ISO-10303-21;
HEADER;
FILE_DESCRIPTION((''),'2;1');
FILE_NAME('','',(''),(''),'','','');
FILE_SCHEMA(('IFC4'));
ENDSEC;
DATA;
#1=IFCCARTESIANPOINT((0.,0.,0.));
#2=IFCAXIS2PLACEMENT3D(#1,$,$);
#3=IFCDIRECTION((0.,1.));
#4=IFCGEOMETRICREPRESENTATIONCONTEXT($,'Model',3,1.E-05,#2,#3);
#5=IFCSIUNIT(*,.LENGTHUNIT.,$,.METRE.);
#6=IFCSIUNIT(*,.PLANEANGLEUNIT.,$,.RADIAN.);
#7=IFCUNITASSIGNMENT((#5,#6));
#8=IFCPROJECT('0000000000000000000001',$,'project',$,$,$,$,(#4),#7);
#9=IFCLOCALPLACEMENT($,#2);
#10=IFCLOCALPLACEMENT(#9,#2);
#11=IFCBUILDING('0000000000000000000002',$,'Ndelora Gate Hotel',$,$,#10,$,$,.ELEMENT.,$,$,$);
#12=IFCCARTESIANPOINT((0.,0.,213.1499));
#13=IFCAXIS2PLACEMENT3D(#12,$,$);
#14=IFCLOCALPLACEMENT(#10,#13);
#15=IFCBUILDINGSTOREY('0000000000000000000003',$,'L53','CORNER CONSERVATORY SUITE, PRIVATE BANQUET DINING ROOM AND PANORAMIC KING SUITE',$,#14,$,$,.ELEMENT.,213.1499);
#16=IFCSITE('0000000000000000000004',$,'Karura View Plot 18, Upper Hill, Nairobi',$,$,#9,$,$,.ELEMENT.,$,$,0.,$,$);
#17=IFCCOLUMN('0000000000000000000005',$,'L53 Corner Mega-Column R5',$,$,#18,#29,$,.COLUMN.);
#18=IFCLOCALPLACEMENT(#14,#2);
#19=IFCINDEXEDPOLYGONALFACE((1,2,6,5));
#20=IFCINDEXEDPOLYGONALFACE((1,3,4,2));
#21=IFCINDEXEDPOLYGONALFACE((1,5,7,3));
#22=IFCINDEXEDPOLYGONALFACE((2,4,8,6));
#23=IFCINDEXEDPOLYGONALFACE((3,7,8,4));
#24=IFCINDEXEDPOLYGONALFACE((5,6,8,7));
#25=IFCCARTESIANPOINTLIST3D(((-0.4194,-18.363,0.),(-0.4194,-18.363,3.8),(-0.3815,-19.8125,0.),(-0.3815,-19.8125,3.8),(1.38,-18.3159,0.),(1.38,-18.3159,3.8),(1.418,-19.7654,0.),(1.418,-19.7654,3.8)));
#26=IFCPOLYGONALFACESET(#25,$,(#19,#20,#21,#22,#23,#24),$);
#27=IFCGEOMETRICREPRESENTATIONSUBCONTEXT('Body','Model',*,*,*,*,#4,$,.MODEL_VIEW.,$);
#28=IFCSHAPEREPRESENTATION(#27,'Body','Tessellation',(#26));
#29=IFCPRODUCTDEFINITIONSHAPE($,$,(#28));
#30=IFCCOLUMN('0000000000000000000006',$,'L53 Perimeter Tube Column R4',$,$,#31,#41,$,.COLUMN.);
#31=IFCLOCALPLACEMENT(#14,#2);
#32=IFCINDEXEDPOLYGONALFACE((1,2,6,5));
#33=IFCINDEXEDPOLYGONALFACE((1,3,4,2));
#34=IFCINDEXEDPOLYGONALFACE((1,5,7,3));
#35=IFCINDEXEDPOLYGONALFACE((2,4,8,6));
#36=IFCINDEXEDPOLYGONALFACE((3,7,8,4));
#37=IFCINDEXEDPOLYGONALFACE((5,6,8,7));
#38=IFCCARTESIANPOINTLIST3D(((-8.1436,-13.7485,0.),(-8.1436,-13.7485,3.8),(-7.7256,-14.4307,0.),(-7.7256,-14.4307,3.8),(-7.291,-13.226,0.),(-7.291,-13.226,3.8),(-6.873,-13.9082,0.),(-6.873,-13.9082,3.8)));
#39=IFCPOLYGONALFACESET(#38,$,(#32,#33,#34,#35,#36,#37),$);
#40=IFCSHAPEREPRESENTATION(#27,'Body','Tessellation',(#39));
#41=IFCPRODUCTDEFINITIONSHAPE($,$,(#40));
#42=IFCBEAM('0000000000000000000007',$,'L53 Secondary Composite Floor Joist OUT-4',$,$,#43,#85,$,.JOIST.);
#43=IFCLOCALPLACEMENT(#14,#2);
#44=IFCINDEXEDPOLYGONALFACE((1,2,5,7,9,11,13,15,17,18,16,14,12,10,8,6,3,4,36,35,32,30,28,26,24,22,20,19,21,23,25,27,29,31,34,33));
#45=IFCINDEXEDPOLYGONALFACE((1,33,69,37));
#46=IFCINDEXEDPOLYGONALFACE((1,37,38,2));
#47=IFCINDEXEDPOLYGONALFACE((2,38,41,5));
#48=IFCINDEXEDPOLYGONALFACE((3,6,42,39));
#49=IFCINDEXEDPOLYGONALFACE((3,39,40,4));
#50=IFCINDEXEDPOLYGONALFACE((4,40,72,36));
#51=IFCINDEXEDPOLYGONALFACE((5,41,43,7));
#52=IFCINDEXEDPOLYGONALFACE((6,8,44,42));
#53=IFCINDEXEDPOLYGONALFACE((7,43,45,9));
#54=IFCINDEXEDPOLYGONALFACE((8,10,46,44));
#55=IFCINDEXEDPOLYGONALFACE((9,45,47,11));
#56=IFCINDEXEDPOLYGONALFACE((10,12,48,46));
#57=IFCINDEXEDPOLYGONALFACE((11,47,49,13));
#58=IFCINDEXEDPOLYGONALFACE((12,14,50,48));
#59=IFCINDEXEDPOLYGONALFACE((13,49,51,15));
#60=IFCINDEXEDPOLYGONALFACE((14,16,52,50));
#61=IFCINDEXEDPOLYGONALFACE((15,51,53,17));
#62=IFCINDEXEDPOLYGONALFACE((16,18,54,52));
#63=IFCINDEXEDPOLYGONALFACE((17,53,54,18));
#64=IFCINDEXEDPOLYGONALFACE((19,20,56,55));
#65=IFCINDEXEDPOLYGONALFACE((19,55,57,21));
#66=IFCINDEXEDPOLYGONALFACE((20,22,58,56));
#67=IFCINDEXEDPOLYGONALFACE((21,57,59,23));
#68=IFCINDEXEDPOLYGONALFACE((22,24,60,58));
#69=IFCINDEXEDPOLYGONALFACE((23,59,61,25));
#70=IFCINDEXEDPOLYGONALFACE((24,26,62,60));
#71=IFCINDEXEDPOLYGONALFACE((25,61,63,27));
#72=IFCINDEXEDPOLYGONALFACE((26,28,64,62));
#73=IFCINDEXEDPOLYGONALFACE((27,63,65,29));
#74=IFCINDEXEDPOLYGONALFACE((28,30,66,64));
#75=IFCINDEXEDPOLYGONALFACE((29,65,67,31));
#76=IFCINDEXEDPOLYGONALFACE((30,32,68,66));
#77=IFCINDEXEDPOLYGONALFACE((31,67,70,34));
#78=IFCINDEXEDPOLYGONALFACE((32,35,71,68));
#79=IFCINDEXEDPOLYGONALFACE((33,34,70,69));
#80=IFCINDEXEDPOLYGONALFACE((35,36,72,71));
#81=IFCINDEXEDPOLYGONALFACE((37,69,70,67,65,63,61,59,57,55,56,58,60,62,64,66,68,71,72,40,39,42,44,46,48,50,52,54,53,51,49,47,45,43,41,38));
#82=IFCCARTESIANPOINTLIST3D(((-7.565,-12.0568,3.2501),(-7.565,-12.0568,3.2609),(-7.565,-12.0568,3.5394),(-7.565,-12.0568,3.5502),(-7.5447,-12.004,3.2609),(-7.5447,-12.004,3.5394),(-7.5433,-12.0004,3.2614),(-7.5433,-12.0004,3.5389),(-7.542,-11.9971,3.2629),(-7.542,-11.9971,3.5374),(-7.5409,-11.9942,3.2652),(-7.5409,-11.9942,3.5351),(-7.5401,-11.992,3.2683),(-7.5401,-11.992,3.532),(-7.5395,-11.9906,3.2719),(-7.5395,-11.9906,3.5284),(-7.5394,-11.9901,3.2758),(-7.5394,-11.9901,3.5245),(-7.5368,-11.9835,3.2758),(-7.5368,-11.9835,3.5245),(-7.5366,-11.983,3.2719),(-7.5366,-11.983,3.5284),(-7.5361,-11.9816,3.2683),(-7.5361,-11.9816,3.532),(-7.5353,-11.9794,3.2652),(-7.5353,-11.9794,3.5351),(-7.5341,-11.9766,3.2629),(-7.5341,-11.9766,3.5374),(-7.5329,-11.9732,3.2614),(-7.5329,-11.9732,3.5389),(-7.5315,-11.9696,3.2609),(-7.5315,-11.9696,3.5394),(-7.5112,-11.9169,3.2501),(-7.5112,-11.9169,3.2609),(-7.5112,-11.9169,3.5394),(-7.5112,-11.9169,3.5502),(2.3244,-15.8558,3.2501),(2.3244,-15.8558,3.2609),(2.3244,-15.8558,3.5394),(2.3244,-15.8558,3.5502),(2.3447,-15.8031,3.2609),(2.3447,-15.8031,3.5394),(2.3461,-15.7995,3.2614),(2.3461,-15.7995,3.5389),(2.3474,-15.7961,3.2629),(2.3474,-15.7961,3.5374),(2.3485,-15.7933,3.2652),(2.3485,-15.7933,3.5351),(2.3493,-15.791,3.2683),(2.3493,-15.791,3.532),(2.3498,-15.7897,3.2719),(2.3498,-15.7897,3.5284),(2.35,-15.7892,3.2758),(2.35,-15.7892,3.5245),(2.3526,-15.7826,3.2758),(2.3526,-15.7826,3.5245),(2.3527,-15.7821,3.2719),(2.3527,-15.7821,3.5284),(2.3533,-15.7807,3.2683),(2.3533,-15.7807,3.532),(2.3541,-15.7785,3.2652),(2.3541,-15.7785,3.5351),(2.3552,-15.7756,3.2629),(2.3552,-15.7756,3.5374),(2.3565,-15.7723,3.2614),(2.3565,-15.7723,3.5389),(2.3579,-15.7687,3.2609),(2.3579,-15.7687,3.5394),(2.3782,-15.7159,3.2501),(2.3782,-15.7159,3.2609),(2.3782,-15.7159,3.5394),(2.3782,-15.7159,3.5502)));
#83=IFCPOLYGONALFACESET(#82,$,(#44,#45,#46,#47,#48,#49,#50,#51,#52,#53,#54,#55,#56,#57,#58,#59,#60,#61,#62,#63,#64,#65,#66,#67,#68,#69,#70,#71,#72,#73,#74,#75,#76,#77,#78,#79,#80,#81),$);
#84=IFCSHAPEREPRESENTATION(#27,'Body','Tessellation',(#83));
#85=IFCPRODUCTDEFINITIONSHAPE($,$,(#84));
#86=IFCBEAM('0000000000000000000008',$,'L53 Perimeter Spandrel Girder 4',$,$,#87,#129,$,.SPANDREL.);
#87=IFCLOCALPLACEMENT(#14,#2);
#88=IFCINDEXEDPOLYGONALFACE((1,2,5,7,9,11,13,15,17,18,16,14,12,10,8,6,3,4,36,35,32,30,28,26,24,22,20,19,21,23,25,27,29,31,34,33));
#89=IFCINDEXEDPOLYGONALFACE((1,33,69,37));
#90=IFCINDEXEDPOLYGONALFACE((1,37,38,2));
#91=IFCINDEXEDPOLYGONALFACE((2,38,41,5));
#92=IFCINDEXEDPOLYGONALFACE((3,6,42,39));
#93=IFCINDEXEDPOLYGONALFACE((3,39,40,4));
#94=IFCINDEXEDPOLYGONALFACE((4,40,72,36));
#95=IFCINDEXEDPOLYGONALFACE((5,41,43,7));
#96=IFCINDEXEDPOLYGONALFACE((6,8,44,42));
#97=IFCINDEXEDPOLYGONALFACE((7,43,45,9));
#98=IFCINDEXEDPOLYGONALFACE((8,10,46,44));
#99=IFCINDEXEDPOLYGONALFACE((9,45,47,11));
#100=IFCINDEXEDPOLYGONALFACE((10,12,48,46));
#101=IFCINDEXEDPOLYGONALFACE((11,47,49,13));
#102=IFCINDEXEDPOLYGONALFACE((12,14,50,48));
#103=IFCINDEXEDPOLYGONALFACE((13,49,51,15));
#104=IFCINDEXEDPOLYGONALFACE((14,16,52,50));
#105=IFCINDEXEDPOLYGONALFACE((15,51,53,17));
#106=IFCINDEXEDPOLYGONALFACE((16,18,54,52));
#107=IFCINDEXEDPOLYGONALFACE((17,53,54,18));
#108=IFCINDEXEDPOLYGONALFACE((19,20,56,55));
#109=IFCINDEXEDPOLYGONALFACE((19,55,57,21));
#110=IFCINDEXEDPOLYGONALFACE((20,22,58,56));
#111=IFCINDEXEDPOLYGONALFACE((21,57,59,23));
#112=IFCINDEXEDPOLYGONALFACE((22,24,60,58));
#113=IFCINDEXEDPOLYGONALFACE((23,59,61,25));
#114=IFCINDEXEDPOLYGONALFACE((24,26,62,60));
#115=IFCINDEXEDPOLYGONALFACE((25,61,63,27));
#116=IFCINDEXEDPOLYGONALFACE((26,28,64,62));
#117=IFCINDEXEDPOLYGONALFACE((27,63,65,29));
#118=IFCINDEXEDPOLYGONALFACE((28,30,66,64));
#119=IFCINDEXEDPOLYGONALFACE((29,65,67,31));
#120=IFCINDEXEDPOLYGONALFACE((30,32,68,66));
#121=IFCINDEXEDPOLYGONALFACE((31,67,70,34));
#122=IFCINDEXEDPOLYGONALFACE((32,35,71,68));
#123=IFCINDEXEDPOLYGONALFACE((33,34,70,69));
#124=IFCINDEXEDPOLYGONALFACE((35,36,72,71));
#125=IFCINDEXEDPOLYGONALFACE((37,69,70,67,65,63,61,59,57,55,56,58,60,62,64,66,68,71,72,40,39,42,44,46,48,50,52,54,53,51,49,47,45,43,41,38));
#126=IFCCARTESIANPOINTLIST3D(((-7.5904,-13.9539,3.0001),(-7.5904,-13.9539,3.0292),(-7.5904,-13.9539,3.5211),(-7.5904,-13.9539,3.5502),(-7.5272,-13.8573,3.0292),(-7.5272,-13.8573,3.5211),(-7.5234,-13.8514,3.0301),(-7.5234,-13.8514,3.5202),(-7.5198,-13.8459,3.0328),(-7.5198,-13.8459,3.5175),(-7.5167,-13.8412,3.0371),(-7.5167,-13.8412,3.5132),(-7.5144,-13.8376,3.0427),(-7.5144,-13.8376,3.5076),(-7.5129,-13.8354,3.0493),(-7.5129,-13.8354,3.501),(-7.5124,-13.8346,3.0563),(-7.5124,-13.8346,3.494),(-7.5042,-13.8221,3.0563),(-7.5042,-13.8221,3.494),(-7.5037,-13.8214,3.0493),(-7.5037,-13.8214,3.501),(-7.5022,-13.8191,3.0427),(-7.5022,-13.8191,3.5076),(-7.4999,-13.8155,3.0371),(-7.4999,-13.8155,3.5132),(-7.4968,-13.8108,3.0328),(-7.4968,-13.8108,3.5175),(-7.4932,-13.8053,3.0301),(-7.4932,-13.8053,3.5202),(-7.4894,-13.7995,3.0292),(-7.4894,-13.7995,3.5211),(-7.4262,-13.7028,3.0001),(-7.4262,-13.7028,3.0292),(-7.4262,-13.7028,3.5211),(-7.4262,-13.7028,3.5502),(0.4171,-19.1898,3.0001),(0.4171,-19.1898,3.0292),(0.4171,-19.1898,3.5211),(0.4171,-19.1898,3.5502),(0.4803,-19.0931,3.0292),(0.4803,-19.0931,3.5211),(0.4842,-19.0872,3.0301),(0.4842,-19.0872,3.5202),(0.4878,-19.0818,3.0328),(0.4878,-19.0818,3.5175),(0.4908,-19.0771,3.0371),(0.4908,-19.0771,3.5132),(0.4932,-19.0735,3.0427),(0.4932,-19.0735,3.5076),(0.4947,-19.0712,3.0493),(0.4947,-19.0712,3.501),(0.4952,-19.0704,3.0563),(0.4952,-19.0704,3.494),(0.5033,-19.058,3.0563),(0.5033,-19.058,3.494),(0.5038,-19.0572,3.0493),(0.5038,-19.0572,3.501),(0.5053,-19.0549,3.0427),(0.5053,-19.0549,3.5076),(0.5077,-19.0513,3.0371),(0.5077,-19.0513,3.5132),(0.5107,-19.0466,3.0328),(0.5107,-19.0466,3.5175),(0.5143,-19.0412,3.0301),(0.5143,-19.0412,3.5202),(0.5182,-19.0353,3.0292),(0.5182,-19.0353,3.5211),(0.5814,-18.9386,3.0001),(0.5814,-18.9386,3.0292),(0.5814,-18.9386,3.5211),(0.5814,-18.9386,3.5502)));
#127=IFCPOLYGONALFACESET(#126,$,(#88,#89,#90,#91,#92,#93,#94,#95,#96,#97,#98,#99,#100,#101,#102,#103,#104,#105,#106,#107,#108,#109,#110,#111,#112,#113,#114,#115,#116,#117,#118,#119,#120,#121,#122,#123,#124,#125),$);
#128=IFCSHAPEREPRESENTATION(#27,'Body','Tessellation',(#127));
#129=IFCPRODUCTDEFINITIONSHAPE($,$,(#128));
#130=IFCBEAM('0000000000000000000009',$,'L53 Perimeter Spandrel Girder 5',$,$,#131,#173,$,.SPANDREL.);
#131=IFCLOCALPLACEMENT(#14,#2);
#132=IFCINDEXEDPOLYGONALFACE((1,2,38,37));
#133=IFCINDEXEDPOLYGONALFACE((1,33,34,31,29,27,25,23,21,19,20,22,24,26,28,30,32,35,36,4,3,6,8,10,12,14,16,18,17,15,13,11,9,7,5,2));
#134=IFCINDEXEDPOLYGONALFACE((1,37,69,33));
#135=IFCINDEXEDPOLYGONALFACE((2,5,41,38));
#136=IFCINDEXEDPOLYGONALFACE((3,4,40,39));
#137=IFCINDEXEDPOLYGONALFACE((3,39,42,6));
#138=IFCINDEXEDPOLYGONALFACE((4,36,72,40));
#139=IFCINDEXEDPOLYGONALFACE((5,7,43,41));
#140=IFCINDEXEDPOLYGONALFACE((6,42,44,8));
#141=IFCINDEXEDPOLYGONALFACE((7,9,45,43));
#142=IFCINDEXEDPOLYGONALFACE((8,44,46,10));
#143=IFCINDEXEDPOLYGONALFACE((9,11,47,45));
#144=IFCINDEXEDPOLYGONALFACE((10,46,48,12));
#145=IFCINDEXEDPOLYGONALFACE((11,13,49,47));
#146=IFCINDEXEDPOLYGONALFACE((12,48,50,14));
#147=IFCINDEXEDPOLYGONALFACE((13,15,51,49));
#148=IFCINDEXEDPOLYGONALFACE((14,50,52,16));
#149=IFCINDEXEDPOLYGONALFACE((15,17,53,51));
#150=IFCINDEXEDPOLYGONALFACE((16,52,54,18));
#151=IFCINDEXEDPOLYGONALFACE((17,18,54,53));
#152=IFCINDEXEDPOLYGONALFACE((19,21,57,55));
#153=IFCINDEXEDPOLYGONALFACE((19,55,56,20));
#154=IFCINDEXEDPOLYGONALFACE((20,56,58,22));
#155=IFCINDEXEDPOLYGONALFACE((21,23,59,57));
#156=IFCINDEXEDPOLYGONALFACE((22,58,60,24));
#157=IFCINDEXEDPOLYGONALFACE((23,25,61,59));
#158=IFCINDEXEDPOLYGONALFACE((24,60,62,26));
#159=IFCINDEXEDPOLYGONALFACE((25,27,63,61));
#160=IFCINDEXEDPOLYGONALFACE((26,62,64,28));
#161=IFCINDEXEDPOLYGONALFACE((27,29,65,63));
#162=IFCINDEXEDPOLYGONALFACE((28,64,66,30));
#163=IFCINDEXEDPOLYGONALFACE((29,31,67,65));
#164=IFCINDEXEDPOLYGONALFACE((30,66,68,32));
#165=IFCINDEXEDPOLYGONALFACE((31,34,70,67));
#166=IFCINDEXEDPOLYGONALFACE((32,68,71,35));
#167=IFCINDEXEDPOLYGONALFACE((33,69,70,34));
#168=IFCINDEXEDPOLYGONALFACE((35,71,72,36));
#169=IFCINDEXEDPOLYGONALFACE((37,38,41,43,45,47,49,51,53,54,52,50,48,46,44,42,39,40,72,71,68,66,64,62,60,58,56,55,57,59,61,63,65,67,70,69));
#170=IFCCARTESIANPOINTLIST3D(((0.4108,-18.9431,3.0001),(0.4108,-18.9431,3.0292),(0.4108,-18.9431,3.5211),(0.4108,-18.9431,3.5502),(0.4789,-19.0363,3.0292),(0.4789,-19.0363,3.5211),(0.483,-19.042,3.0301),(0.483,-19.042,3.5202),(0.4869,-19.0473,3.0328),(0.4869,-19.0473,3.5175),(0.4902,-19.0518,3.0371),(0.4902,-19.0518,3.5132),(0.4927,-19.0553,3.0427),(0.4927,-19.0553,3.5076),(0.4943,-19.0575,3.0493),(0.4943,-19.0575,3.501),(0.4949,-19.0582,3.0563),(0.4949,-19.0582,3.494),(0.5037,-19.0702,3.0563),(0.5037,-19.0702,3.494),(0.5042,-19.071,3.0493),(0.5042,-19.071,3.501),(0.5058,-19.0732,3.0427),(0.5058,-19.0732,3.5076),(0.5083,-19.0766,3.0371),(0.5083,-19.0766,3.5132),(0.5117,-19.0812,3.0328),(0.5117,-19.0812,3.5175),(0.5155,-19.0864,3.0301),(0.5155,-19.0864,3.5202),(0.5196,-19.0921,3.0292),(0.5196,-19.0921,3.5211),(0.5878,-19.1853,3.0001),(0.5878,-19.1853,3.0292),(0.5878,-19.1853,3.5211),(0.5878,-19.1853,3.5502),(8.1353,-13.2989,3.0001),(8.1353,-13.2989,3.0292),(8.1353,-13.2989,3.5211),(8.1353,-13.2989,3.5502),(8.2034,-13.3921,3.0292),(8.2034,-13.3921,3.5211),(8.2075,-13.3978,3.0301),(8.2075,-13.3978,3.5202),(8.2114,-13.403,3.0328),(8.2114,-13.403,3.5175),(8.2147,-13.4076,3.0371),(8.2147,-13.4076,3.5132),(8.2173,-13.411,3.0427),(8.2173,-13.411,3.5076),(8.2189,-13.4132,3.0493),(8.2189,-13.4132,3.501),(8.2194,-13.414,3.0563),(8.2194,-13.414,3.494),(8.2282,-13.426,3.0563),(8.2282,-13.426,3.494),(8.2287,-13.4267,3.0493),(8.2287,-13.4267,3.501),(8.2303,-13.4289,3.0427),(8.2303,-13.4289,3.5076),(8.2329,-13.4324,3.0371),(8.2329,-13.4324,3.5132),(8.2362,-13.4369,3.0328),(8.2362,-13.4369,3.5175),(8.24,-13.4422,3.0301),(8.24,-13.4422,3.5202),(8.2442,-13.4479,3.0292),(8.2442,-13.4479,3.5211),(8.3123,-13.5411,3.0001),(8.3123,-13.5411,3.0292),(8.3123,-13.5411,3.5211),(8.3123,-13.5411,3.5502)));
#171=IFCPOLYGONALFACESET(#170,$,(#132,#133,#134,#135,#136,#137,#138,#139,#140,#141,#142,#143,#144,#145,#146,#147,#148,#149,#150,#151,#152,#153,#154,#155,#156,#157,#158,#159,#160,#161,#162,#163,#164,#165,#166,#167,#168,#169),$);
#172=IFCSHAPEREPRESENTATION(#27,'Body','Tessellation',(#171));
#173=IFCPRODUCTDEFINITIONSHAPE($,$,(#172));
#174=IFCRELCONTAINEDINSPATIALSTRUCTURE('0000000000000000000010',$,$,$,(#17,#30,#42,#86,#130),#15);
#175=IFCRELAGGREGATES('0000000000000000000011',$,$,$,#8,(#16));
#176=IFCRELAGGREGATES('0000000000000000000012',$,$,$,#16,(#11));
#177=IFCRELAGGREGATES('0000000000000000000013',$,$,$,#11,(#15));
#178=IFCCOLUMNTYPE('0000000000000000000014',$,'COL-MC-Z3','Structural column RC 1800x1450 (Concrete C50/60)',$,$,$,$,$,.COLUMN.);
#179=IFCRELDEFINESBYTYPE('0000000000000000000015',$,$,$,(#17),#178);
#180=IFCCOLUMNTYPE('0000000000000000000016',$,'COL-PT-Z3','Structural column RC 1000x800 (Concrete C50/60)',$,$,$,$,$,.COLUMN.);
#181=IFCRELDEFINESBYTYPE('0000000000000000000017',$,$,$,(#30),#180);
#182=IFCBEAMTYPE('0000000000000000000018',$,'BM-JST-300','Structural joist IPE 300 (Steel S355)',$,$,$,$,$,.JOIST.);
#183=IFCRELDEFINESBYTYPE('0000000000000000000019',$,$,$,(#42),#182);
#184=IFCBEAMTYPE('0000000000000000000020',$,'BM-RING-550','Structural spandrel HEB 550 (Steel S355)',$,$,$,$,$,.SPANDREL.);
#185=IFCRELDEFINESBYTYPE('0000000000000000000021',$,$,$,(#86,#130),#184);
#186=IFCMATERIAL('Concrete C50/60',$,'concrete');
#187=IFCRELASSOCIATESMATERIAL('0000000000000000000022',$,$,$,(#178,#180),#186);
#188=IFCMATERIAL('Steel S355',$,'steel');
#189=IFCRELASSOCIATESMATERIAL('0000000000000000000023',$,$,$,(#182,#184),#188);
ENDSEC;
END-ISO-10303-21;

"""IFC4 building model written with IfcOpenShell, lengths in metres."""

from ifc_helpers import new_model, si_unit, direction, frame, origin, origin_2d, place, context, subcontext, project, spatial, rectangle, i_section, extrude, material, material_profile, profile_set, type_object, element, save


model = new_model("IFC4")

# Units and contexts
model_context = context("Model", 3, precision=1e-05, world=origin(), true_north=direction((0.0, 1.0)))
body_context = subcontext(model_context, "Body", "Model", "MODEL_VIEW")
ifc_project = project(units=[si_unit("LENGTHUNIT", "METRE"), si_unit("PLANEANGLEUNIT", "RADIAN")], contexts=[model_context])

# Site, building, storey
site_placement = place(None, origin())
site = spatial("IfcSite", under=ifc_project, at=site_placement, Name="Karura View Plot 18, Upper Hill, Nairobi", CompositionType="ELEMENT", RefElevation=0.0)
building_placement = place(site_placement, origin())
building = spatial("IfcBuilding", under=site, at=building_placement, Name="Ndelora Gate Hotel", CompositionType="ELEMENT")
storey_placement = place(building_placement, frame((0.0, 0.0, 213.1499)))
storey = spatial("IfcBuildingStorey", under=building, at=storey_placement, Name="L53", Description="CORNER CONSERVATORY SUITE, PRIVATE BANQUET DINING ROOM AND PANORAMIC KING SUITE", CompositionType="ELEMENT", Elevation=213.1499)

# Columns
ifc_material_1 = material(Name="Concrete C50/60", Category="concrete")
ifc_material_profile_1 = material_profile(ifc_material_1, rectangle(XDim=1.45, YDim=1.8, at=origin_2d()), Name="RC 1800x1450")
ifc_profile_set_1 = profile_set([ifc_material_profile_1], Name="Concrete C50/60")
column_type_1 = type_object("IfcColumnType", Name="COL-MC-Z3", Description="Structural column RC 1800x1450 (Concrete C50/60)", PredefinedType="COLUMN", material=ifc_profile_set_1)
column_1_placement = place(storey_placement, frame((0.4993, -19.0642, 0.0), z_axis=(0.0, 0.0, 1.0), x_axis=(-0.026177, 0.999657, 0.0)))
element("IfcColumn", 1, at=column_1_placement, inside=storey, type_object=column_type_1, Name="L53 Corner Mega-Column R5", PredefinedType="COLUMN", context=body_context, shape_type="SweptSolid", body=[
    extrude(rectangle(XDim=1.45, YDim=1.8, at=origin_2d()), origin(), (0.0, 0.0, 1.0), 3.8),
])
ifc_material_profile_2 = material_profile(ifc_material_1, rectangle(XDim=0.8, YDim=1.0, at=origin_2d()), Name="RC 1000x800")
ifc_profile_set_2 = profile_set([ifc_material_profile_2], Name="Concrete C50/60")
column_type_2 = type_object("IfcColumnType", Name="COL-PT-Z3", Description="Structural column RC 1000x800 (Concrete C50/60)", PredefinedType="COLUMN", material=ifc_profile_set_2)
column_2_placement = place(storey_placement, frame((-7.5083, -13.8284, 0.0), z_axis=(0.0, 0.0, 1.0), x_axis=(-0.522499, 0.85264, 0.0)))
element("IfcColumn", 2, at=column_2_placement, inside=storey, type_object=column_type_2, Name="L53 Perimeter Tube Column R4", PredefinedType="COLUMN", context=body_context, shape_type="SweptSolid", body=[
    extrude(rectangle(XDim=0.8, YDim=1.0, at=origin_2d()), origin(), (0.0, 0.0, 1.0), 3.8),
])

# Beams
ifc_material_2 = material(Name="Steel S355", Category="steel")
ifc_material_profile_3 = material_profile(ifc_material_2, i_section(OverallWidth=0.1499, OverallDepth=0.3, WebThickness=0.0071, FlangeThickness=0.0107, FilletRadius=0.0149, at=origin_2d()), Name="IPE 300")
ifc_profile_set_3 = profile_set([ifc_material_profile_3], Name="Steel S355")
beam_type_1 = type_object("IfcBeamType", Name="BM-JST-300", Description="Structural joist IPE 300 (Steel S355)", PredefinedType="JOIST", material=ifc_profile_set_3)
beam_1_placement = place(storey_placement, frame((-7.5381, -11.9868, 3.4001), z_axis=(0.933489, -0.358605, 0.0), x_axis=(0.358605, 0.933489, 0.0)))
element("IfcBeam", 3, at=beam_1_placement, inside=storey, type_object=beam_type_1, Name="L53 Secondary Composite Floor Joist OUT-4", PredefinedType="JOIST", context=body_context, shape_type="SweptSolid", body=[
    extrude(i_section(OverallWidth=0.1499, OverallDepth=0.3, WebThickness=0.0071, FlangeThickness=0.0107, FilletRadius=0.0149, at=origin_2d()), origin(), (0.0, 0.0, 1.0), 10.594),
])
ifc_material_profile_4 = material_profile(ifc_material_2, i_section(OverallWidth=0.3, OverallDepth=0.55, WebThickness=0.0149, FlangeThickness=0.0291, FilletRadius=0.0271, at=origin_2d()), Name="HEB 550")
ifc_profile_set_4 = profile_set([ifc_material_profile_4], Name="Steel S355")
beam_type_2 = type_object("IfcBeamType", Name="BM-RING-550", Description="Structural spandrel HEB 550 (Steel S355)", PredefinedType="SPANDREL", material=ifc_profile_set_4)
beam_2_placement = place(storey_placement, frame((-7.5083, -13.8284, 3.2751), z_axis=(0.836964, -0.547258, 0.0), x_axis=(0.547258, 0.836964, 0.0)))
element("IfcBeam", 4, at=beam_2_placement, inside=storey, type_object=beam_type_2, Name="L53 Perimeter Spandrel Girder 4", PredefinedType="SPANDREL", context=body_context, shape_type="SweptSolid", body=[
    extrude(i_section(OverallWidth=0.3, OverallDepth=0.55, WebThickness=0.0149, FlangeThickness=0.0291, FilletRadius=0.0271, at=origin_2d()), origin(), (0.0, 0.0, 1.0), 9.5674),
])
beam_3_placement = place(storey_placement, frame((0.4993, -19.0642, 3.2751), z_axis=(0.807422, 0.589974, 0.0), x_axis=(-0.589974, 0.807422, 0.0)))
element("IfcBeam", 5, at=beam_3_placement, inside=storey, type_object=beam_type_2, Name="L53 Perimeter Spandrel Girder 5", PredefinedType="SPANDREL", context=body_context, shape_type="SweptSolid", body=[
    extrude(i_section(OverallWidth=0.3, OverallDepth=0.55, WebThickness=0.0149, FlangeThickness=0.0291, FilletRadius=0.0271, at=origin_2d()), origin(), (0.0, 0.0, 1.0), 9.5669),
])

save(model, "model.ifc")
